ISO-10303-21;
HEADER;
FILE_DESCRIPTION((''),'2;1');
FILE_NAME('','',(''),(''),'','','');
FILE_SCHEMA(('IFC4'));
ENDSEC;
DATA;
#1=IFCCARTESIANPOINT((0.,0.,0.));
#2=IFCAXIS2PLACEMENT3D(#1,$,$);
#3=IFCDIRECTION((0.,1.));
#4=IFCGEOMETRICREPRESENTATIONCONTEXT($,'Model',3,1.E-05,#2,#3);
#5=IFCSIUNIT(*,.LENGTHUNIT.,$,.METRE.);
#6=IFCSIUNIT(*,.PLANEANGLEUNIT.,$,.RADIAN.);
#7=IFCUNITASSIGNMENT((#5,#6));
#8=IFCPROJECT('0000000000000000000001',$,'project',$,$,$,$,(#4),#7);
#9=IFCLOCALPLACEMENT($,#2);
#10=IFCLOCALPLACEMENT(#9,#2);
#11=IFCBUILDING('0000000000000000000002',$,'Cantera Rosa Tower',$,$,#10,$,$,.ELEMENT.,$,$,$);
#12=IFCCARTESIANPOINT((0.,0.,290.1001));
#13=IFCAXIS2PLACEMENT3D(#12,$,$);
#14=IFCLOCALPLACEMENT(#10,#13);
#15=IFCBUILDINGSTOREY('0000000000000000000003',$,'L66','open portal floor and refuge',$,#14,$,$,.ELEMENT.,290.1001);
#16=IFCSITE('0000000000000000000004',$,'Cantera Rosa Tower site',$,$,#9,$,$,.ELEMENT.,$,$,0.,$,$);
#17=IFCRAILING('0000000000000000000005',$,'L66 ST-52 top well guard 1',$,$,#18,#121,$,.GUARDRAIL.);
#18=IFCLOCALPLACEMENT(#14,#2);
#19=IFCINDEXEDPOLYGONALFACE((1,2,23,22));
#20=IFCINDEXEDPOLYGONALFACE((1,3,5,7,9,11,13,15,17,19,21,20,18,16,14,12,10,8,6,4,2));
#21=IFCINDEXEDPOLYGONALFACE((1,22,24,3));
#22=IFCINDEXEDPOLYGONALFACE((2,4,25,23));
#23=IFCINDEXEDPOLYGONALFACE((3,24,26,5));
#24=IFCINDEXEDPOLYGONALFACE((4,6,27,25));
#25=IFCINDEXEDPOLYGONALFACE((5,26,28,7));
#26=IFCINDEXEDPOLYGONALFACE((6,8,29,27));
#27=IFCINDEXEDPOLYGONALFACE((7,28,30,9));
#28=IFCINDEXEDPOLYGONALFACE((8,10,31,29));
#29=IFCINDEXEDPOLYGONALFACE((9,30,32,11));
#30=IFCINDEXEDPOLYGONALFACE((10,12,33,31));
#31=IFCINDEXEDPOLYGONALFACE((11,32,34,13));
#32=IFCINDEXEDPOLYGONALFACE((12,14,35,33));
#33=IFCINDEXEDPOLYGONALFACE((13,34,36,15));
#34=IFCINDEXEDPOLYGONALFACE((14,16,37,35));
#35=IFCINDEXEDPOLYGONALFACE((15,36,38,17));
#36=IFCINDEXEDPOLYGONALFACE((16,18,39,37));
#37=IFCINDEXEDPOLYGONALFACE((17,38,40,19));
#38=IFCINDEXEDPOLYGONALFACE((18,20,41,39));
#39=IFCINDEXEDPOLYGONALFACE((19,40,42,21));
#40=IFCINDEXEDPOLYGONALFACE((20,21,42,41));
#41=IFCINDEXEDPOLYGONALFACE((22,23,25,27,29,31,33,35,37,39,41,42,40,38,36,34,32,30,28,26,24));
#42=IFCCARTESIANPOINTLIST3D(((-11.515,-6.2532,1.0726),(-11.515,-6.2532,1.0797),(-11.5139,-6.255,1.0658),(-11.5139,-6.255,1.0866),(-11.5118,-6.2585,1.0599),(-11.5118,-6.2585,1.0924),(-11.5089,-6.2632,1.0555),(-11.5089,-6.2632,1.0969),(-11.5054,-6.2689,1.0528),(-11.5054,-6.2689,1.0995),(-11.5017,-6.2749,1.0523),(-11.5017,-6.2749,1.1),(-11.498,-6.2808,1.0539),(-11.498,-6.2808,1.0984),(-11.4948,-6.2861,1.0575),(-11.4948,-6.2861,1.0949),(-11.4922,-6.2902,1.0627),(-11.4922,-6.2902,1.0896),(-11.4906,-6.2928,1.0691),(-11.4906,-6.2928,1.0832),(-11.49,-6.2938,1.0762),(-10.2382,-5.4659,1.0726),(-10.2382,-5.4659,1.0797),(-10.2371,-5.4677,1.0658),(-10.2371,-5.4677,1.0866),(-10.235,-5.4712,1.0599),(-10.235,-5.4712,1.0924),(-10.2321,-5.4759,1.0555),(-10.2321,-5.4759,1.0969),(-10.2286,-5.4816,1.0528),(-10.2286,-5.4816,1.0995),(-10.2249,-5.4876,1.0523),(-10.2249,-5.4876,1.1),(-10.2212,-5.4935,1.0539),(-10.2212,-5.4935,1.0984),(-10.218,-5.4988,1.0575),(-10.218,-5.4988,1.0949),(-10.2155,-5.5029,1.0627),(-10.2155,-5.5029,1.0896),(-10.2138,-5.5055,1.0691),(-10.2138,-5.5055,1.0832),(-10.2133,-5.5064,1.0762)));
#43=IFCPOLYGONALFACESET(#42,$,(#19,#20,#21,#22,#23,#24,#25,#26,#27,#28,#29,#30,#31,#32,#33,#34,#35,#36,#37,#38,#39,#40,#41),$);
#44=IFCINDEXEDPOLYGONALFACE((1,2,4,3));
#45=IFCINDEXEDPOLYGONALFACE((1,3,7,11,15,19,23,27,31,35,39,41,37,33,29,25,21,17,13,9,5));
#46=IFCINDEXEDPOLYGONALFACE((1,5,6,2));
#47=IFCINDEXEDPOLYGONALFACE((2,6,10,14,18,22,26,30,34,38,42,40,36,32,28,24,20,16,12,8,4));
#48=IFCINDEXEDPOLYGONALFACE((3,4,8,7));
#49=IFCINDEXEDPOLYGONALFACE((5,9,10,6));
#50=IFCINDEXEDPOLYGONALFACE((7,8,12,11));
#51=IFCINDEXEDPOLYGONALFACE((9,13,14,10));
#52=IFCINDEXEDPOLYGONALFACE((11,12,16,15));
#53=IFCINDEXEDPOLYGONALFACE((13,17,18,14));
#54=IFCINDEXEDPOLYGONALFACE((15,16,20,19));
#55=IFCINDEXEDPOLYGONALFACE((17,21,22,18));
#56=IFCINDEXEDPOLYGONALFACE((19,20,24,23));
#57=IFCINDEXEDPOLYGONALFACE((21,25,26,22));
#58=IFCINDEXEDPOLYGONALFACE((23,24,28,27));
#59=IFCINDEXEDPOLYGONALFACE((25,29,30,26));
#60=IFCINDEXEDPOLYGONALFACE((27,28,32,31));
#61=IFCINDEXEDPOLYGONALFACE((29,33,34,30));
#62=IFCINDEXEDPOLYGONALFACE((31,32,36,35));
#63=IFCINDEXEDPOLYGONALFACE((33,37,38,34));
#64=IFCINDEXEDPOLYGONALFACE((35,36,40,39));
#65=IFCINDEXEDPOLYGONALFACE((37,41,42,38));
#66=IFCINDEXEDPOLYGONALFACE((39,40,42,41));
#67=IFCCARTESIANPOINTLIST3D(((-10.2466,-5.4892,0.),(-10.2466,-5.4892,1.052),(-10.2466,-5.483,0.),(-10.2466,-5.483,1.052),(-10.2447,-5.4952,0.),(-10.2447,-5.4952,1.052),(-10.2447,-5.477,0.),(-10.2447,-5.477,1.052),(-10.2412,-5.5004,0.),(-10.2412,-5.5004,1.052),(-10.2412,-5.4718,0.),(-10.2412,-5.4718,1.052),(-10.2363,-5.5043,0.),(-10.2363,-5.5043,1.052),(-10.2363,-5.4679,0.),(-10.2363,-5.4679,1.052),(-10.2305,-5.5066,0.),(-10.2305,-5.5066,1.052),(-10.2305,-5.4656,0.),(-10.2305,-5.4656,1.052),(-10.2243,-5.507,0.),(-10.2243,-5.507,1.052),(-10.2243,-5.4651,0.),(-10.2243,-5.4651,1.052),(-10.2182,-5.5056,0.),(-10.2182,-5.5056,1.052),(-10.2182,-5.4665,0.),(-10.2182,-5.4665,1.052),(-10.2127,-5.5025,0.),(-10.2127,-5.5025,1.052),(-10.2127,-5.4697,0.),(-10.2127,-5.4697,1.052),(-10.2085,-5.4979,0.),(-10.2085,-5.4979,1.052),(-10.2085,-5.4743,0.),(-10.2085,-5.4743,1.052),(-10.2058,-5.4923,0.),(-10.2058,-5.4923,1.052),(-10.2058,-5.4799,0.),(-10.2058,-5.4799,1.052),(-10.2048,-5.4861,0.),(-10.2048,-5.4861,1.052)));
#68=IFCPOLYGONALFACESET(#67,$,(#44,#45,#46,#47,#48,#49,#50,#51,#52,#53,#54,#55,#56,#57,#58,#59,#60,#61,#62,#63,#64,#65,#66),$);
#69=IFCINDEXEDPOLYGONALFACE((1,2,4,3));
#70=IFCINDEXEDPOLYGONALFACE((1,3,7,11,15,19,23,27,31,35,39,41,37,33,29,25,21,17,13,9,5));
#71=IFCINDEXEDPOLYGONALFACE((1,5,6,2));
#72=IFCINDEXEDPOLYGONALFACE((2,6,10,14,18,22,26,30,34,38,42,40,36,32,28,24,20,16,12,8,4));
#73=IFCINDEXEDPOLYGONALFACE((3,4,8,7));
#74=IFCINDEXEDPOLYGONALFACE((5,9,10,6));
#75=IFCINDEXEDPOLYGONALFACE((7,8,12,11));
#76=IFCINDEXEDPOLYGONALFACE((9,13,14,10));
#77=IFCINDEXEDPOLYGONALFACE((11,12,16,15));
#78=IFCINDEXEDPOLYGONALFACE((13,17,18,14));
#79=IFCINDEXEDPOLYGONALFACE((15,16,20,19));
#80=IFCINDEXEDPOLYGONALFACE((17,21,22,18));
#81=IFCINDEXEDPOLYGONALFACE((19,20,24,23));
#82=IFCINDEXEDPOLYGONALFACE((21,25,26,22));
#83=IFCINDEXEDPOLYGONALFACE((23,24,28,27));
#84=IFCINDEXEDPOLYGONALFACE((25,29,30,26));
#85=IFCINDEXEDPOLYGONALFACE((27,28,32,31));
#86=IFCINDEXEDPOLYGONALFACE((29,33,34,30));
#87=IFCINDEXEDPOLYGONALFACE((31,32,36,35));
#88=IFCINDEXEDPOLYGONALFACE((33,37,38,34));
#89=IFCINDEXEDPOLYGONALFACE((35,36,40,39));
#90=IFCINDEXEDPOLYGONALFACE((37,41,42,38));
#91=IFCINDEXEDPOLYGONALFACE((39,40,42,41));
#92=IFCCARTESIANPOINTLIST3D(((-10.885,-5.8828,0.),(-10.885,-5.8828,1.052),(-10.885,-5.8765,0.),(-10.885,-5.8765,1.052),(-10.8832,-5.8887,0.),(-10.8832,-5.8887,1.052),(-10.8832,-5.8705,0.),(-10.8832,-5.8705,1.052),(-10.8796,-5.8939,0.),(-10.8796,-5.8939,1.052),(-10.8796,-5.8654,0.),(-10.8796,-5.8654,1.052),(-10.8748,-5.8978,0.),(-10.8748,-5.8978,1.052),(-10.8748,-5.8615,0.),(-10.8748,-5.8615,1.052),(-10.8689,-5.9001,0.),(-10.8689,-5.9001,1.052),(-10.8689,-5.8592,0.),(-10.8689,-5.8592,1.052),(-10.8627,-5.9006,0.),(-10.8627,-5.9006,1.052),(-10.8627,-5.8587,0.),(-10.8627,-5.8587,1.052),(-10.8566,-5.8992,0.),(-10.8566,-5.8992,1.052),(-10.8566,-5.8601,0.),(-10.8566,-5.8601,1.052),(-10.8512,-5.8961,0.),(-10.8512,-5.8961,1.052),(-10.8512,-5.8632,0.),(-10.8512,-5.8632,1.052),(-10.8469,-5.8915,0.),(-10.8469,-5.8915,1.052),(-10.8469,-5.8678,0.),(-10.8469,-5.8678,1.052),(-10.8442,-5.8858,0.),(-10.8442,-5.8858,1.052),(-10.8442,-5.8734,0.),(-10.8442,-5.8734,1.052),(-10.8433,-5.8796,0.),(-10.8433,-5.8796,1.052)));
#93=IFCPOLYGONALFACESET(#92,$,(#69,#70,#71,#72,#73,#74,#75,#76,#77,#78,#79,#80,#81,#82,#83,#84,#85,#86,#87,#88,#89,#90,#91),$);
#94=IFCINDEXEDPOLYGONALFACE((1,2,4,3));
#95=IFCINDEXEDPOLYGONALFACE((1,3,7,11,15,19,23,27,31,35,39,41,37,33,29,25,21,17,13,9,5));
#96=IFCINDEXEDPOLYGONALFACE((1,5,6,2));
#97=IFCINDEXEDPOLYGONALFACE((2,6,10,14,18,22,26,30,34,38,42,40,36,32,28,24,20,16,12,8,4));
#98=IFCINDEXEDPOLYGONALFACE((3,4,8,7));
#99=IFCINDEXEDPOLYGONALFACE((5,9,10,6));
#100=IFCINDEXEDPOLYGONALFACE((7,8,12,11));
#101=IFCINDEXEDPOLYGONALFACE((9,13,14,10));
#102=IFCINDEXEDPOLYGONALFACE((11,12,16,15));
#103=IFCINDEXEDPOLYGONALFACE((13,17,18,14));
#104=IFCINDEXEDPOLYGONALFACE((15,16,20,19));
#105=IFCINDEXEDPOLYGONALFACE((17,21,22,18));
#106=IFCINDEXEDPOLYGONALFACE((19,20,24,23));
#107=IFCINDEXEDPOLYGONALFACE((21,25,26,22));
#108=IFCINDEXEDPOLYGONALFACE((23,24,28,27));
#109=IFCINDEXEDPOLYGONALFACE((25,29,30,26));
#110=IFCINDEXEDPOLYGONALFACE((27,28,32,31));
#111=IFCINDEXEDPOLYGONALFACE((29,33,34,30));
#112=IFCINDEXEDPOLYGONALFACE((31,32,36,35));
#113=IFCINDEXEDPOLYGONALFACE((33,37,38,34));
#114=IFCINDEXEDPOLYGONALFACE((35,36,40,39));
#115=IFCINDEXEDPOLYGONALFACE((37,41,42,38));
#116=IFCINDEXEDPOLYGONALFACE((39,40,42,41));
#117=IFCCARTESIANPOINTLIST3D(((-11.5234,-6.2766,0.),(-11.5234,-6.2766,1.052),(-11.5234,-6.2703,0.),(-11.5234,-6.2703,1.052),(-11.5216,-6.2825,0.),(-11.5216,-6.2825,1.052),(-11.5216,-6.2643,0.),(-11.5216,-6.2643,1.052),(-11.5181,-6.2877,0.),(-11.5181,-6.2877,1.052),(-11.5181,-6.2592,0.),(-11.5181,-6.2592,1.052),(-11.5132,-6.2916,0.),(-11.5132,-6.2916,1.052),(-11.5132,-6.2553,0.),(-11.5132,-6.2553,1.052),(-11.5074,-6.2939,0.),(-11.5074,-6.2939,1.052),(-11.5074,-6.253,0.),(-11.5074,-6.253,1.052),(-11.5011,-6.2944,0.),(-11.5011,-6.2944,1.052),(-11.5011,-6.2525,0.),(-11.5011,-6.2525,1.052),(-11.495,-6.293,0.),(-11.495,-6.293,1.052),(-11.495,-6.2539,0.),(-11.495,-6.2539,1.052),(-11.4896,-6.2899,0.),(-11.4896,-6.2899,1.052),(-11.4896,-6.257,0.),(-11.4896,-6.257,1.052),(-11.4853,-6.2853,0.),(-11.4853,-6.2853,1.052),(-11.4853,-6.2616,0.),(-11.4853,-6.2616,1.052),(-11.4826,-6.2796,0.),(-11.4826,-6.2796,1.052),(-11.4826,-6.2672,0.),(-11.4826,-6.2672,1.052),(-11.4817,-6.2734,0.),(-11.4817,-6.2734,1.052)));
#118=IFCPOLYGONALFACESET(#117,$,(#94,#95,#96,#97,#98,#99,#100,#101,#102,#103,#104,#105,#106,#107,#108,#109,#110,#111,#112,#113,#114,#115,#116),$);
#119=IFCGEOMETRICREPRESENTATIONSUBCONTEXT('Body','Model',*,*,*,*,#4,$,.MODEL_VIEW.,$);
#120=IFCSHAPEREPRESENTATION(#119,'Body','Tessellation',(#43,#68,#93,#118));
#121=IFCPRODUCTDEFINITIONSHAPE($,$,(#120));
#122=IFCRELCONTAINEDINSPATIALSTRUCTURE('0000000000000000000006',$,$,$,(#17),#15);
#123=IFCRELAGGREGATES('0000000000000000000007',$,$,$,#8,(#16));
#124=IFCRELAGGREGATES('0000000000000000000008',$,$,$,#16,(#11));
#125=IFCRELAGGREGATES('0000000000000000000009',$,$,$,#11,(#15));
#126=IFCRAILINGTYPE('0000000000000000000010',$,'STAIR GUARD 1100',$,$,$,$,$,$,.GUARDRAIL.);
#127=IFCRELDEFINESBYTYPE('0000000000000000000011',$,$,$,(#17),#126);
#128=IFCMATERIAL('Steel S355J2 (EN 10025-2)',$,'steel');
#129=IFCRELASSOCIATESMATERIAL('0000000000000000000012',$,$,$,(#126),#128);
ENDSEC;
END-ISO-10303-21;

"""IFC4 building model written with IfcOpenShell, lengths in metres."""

from ifc_helpers import new_model, si_unit, direction, frame, origin, origin_2d, place, context, subcontext, project, spatial, circle, extrude, material, type_object, element, save


model = new_model("IFC4")

# Units and contexts
model_context = context("Model", 3, precision=1e-05, world=origin(), true_north=direction((0.0, 1.0)))
body_context = subcontext(model_context, "Body", "Model", "MODEL_VIEW")
ifc_project = project(units=[si_unit("LENGTHUNIT", "METRE"), si_unit("PLANEANGLEUNIT", "RADIAN")], contexts=[model_context])

# Site, building, storey
site_placement = place(None, origin())
site = spatial("IfcSite", under=ifc_project, at=site_placement, Name="Cantera Rosa Tower site", CompositionType="ELEMENT", RefElevation=0.0)
building_placement = place(site_placement, origin())
building = spatial("IfcBuilding", under=site, at=building_placement, Name="Cantera Rosa Tower", CompositionType="ELEMENT")
storey_placement = place(building_placement, frame((0.0, 0.0, 290.1001)))
storey = spatial("IfcBuildingStorey", under=building, at=storey_placement, Name="L66", Description="open portal floor and refuge", CompositionType="ELEMENT", Elevation=290.1001)

# Railing
ifc_material_1 = material(Name="Steel S355J2 (EN 10025-2)", Category="steel")
railing_type_1 = type_object("IfcRailingType", Name="STAIR GUARD 1100", PredefinedType="GUARDRAIL", material=ifc_material_1)
railing_1_placement = place(storey_placement, frame((-10.2258, -5.4861, 0.0)))
element("IfcRailing", 1, at=railing_1_placement, inside=storey, type_object=railing_type_1, Name="L66 ST-52 top well guard 1", PredefinedType="GUARDRAIL", context=body_context, shape_type="SweptSolid", body=[
    extrude(circle(Radius=0.0239, at=origin_2d()), frame((0.0, 0.0, 1.0762), z_axis=(-0.851183, -0.524869, 0.0), x_axis=(0.524869, -0.851183, 0.0)), (0.0, 0.0, 1.0), 1.5),
    extrude(circle(Radius=0.021, at=origin_2d()), origin(), (0.0, 0.0, 1.0), 1.052),
    extrude(circle(Radius=0.021, at=origin_2d()), frame((-0.6384, -0.3936, 0.0)), (0.0, 0.0, 1.0), 1.052),
    extrude(circle(Radius=0.021, at=origin_2d()), frame((-1.2769, -0.7874, 0.0)), (0.0, 0.0, 1.0), 1.052),
])

save(model, "model.ifc")
